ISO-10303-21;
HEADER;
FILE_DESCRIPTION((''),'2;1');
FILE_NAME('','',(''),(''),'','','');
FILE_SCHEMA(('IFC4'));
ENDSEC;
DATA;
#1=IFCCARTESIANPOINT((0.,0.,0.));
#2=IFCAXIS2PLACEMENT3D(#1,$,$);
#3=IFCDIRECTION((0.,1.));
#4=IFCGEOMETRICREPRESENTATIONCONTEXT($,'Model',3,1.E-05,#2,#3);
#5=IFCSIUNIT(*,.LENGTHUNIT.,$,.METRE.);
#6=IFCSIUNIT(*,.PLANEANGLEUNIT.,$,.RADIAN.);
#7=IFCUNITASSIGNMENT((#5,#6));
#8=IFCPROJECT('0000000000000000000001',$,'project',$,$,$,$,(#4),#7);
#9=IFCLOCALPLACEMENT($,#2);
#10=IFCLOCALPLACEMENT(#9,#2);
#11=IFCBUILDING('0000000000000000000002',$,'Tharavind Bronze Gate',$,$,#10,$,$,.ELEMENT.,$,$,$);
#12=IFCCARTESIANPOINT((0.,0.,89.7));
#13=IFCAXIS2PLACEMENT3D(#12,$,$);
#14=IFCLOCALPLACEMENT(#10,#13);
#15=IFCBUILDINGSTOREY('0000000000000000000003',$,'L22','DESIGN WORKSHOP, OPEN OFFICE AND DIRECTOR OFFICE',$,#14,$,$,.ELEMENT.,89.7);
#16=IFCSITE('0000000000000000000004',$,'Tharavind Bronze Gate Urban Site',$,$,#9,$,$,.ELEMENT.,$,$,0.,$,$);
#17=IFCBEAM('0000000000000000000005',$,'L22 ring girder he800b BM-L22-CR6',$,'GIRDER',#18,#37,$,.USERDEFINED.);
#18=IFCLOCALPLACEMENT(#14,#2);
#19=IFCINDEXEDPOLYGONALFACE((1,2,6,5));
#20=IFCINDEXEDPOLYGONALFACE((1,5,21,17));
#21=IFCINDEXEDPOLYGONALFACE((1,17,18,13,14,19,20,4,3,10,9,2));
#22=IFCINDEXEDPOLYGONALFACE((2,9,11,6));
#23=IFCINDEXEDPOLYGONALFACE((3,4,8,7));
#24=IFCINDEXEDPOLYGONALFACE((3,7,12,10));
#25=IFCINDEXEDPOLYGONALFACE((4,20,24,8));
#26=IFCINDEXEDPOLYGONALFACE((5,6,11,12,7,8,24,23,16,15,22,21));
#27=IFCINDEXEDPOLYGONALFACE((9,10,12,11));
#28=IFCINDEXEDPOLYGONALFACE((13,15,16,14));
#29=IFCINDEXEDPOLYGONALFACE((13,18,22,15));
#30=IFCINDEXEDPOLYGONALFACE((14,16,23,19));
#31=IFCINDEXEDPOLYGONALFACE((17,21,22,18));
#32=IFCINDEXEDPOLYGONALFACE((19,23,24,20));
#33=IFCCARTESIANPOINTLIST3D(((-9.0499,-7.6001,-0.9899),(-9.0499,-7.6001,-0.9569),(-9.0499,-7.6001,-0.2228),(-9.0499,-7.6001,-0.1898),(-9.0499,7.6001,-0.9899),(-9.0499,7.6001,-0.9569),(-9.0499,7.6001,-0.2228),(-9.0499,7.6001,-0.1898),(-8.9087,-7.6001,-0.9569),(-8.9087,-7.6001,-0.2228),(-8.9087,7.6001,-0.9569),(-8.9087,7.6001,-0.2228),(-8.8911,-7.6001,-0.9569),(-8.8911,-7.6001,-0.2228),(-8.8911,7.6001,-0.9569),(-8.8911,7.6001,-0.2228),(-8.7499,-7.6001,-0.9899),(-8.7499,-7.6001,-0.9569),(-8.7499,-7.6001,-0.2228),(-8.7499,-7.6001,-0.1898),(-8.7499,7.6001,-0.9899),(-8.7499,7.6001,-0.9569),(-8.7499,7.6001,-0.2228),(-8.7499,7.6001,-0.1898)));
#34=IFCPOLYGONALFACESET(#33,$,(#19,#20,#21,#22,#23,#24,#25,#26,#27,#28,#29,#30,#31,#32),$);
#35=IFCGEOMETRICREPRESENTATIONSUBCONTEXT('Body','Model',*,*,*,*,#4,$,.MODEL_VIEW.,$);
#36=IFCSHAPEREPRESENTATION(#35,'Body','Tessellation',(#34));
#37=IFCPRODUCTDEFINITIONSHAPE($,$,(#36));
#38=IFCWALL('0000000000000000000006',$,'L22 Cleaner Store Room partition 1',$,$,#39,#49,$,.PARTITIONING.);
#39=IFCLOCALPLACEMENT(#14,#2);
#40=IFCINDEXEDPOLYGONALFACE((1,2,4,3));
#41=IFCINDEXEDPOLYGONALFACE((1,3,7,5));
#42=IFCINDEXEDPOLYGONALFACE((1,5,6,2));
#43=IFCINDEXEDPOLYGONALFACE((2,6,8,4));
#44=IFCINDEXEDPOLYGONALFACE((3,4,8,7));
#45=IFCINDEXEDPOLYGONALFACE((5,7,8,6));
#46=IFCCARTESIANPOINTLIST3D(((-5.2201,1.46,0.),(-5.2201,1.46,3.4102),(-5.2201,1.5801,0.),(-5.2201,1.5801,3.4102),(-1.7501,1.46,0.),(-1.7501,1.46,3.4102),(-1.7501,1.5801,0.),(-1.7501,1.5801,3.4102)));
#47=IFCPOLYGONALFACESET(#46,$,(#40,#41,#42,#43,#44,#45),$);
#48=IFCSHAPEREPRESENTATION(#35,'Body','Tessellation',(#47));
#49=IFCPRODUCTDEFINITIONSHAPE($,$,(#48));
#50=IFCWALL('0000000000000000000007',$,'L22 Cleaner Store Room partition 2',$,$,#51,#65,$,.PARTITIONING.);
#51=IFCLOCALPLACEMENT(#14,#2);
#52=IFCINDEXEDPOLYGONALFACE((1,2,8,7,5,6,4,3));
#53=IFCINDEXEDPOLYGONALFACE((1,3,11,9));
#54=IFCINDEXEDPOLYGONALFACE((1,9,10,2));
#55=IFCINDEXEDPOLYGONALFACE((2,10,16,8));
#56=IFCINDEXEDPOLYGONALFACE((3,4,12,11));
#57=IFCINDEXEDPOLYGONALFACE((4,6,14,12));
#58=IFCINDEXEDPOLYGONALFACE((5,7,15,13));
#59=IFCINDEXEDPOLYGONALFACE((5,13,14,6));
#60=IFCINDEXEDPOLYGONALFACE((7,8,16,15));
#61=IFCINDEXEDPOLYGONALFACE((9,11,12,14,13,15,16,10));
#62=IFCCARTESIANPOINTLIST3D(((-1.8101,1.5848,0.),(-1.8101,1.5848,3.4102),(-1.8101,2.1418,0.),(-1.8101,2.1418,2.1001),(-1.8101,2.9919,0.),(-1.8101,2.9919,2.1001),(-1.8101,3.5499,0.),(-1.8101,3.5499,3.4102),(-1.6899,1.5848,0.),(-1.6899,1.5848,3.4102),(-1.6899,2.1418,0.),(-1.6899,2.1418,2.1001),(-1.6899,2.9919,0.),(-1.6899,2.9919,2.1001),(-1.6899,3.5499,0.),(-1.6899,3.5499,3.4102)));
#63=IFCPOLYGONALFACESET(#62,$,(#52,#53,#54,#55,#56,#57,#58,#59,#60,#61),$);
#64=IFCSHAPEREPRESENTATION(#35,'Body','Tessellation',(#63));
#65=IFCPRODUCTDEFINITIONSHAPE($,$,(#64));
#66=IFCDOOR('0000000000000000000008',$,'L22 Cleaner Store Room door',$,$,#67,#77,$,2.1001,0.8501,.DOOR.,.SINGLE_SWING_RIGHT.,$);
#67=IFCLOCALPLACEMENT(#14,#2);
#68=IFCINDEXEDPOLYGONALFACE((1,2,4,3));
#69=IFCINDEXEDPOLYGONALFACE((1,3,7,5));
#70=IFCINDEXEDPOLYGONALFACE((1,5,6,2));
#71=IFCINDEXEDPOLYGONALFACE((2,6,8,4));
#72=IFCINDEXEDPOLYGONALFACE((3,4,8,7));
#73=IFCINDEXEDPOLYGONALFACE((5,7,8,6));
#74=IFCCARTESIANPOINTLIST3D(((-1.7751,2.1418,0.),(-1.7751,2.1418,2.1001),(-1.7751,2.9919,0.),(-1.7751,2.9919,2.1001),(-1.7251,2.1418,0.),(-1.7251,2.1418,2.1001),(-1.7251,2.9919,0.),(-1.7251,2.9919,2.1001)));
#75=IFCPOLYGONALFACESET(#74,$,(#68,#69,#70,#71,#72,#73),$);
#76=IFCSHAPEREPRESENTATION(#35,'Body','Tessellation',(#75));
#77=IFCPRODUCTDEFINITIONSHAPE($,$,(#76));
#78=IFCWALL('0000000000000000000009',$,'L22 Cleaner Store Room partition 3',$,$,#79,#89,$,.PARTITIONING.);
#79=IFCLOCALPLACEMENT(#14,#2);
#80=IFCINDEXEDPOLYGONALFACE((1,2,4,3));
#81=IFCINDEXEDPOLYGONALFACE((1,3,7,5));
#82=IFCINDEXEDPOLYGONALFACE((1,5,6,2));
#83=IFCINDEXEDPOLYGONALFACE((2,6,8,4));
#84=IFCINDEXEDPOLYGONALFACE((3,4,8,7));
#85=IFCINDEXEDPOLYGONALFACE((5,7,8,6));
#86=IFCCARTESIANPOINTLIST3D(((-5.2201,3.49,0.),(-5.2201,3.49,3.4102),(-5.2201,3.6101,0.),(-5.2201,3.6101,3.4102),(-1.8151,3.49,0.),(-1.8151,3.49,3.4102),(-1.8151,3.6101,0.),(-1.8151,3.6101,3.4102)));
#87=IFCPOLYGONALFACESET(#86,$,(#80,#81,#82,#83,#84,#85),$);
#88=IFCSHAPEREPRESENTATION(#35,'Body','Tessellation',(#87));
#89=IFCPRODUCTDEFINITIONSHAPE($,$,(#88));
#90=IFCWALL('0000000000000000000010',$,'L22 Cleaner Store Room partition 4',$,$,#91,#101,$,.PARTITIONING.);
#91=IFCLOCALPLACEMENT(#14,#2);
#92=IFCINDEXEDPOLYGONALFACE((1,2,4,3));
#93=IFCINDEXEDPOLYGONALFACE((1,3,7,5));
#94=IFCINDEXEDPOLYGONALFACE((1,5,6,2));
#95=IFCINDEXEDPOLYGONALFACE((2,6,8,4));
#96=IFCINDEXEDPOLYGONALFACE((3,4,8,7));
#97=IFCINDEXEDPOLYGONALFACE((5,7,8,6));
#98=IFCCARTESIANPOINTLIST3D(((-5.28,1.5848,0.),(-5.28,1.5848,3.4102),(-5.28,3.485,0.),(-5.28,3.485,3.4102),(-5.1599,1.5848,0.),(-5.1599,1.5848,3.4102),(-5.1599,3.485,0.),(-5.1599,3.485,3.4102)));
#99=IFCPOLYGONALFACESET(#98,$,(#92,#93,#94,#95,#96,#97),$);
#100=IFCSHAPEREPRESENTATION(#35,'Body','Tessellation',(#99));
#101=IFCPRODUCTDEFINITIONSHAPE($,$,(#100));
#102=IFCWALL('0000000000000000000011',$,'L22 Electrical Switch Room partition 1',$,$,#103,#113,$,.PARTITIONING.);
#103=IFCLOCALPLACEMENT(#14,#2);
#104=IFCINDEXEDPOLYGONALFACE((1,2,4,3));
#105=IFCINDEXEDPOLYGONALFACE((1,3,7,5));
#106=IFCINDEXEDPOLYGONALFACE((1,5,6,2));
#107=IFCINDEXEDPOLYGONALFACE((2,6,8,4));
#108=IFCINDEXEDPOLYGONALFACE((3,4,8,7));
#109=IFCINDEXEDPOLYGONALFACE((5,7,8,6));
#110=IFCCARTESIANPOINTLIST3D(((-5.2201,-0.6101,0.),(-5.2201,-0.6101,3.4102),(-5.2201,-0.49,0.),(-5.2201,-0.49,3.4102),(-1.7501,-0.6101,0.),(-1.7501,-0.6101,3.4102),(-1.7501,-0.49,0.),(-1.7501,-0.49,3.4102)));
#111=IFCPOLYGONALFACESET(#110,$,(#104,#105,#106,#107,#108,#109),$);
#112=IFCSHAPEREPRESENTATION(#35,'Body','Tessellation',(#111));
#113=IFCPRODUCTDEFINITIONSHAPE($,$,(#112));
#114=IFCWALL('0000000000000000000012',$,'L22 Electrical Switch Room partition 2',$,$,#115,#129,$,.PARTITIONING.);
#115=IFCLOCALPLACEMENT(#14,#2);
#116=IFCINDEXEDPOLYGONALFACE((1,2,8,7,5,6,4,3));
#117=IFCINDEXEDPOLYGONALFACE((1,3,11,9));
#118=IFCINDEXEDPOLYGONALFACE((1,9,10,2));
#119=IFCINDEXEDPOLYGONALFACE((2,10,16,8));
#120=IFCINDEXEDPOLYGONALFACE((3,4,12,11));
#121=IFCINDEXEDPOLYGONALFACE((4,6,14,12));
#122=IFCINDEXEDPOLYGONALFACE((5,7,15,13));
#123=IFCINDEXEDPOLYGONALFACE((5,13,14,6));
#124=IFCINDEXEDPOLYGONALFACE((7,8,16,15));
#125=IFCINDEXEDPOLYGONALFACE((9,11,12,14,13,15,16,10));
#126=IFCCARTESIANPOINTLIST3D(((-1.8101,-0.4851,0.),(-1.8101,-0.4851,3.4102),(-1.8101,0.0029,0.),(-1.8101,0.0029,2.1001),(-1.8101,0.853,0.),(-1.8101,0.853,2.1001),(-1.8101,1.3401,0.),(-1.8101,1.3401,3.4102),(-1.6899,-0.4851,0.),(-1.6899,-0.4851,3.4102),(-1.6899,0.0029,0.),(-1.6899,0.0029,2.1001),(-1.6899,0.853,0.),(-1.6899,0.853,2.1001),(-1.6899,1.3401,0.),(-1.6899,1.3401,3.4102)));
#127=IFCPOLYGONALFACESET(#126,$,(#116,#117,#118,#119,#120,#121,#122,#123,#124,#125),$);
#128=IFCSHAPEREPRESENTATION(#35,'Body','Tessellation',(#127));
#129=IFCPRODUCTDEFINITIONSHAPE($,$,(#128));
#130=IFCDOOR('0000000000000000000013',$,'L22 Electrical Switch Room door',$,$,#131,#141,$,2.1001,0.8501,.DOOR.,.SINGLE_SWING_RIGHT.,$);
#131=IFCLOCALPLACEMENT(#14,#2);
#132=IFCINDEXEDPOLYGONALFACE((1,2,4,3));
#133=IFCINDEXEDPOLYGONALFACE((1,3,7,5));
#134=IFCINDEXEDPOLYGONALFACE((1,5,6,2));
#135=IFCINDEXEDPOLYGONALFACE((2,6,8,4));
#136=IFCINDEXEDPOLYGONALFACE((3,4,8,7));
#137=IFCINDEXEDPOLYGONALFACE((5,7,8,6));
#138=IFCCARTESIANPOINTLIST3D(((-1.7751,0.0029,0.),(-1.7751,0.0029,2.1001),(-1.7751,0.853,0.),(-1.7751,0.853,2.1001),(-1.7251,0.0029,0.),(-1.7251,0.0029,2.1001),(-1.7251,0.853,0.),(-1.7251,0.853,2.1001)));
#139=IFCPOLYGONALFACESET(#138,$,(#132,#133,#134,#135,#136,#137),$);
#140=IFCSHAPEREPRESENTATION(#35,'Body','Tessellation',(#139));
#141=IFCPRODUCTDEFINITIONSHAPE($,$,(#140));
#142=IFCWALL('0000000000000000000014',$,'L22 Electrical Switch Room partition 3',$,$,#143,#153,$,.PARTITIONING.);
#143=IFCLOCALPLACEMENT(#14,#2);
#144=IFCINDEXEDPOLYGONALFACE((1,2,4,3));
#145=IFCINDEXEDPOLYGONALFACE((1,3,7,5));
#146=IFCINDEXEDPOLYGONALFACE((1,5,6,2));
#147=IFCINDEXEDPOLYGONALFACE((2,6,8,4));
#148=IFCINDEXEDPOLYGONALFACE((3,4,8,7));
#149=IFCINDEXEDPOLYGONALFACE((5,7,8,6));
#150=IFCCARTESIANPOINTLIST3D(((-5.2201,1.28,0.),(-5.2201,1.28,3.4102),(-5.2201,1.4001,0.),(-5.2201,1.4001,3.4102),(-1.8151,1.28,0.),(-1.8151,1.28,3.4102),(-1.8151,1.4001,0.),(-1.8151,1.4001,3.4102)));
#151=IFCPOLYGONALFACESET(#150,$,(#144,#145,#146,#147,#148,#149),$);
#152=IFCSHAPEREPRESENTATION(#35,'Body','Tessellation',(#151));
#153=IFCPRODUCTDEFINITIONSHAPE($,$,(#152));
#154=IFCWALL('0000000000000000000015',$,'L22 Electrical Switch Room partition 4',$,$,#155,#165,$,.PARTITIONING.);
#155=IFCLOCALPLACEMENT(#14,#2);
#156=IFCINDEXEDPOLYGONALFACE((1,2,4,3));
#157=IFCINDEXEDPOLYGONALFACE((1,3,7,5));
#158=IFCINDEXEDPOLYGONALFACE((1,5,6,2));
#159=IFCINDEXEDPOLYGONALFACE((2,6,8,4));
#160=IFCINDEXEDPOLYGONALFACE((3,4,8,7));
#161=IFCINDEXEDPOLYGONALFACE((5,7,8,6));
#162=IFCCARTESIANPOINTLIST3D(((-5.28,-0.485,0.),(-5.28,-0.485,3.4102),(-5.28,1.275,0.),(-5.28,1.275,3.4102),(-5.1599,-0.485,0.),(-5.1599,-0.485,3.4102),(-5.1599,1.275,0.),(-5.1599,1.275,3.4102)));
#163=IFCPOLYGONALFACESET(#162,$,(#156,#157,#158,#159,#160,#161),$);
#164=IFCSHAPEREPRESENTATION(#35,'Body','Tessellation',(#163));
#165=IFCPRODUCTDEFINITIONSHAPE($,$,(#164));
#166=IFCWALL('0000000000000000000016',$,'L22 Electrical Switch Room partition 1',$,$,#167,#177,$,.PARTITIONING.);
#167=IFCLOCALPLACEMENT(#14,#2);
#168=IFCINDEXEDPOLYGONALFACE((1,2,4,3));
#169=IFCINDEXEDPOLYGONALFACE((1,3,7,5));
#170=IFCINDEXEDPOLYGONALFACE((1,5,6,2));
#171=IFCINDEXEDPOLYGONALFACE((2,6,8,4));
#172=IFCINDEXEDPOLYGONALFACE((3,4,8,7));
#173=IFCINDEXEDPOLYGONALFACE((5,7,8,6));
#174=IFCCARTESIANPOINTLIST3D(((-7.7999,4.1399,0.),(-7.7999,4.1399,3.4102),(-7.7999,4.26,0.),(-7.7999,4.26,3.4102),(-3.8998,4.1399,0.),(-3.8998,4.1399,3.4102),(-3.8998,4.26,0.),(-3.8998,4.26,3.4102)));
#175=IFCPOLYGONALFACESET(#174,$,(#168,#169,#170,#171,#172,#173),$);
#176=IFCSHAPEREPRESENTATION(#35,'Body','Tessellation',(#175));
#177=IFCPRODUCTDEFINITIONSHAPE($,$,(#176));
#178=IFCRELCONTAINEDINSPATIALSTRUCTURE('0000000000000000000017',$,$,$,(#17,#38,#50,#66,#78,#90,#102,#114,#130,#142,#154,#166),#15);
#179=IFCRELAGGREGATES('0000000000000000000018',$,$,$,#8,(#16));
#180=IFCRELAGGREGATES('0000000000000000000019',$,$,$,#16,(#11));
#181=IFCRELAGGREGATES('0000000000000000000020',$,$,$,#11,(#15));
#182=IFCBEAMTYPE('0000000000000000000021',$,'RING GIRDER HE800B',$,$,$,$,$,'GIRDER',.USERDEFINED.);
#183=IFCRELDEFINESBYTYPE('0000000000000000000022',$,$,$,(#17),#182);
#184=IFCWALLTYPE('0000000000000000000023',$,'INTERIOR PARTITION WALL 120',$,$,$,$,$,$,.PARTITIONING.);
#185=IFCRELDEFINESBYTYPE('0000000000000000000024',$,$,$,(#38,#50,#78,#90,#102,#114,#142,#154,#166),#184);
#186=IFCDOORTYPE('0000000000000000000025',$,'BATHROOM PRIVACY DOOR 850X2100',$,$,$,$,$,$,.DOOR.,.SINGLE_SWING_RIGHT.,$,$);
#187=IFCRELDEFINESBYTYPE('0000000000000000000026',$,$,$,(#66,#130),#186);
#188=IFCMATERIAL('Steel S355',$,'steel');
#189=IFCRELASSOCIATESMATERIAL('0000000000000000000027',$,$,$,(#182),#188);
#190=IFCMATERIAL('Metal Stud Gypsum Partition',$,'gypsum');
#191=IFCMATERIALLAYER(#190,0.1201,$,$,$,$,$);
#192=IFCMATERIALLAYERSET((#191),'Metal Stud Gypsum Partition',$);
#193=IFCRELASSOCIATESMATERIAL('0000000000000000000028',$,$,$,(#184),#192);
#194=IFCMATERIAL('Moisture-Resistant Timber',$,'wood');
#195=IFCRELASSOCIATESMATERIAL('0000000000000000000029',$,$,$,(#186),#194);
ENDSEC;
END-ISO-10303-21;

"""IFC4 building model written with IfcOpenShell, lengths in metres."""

from ifc_helpers import new_model, si_unit, direction, frame, frame_2d, origin, origin_2d, place, context, subcontext, project, spatial, rectangle, i_section, extrude, material, layer, layer_set, material_profile, profile_set, type_object, element, fill, save


model = new_model("IFC4")

# Units and contexts
model_context = context("Model", 3, precision=1e-05, world=origin(), true_north=direction((0.0, 1.0)))
body_context = subcontext(model_context, "Body", "Model", "MODEL_VIEW")
ifc_project = project(units=[si_unit("LENGTHUNIT", "METRE"), si_unit("PLANEANGLEUNIT", "RADIAN")], contexts=[model_context])

# Site, building, storey
site_placement = place(None, origin())
site = spatial("IfcSite", under=ifc_project, at=site_placement, Name="Tharavind Bronze Gate Urban Site", CompositionType="ELEMENT", RefElevation=0.0)
building_placement = place(site_placement, origin())
building = spatial("IfcBuilding", under=site, at=building_placement, Name="Tharavind Bronze Gate", CompositionType="ELEMENT")
storey_placement = place(building_placement, frame((0.0, 0.0, 89.7)))
storey = spatial("IfcBuildingStorey", under=building, at=storey_placement, Name="L22", Description="DESIGN WORKSHOP, OPEN OFFICE AND DIRECTOR OFFICE", CompositionType="ELEMENT", Elevation=89.7)

# Beam
ifc_material_1 = material(Name="Steel S355", Category="steel")
ifc_material_profile = material_profile(ifc_material_1, i_section(OverallWidth=0.3, OverallDepth=0.8, WebThickness=0.0176, FlangeThickness=0.033, at=origin_2d()), Name="HE800B")
ifc_profile_set = profile_set([ifc_material_profile], Name="Steel S355")
beam_type = type_object("IfcBeamType", Name="RING GIRDER HE800B", ElementType="GIRDER", PredefinedType="USERDEFINED", material=ifc_profile_set)
beam_placement = place(storey_placement, frame((-8.8999, 7.6001, -0.5898), z_axis=(0.0, -1.0, 0.0), x_axis=(1.0, 0.0, 0.0)))
element("IfcBeam", 1, at=beam_placement, inside=storey, type_object=beam_type, Name="L22 ring girder he800b BM-L22-CR6", ObjectType="GIRDER", PredefinedType="USERDEFINED", context=body_context, shape_type="SweptSolid", body=[
    extrude(i_section(OverallWidth=0.3, OverallDepth=0.8, WebThickness=0.0176, FlangeThickness=0.033, at=origin_2d()), origin(), (0.0, 0.0, 1.0), 15.2002),
])

# Wall
ifc_material_2 = material(Name="Metal Stud Gypsum Partition", Category="gypsum")
ifc_layer_1 = layer(ifc_material_2, 0.1201)
ifc_layer_set_1 = layer_set([ifc_layer_1], Name="Metal Stud Gypsum Partition")
wall_type_1 = type_object("IfcWallType", Name="INTERIOR PARTITION WALL 120", PredefinedType="PARTITIONING", material=ifc_layer_set_1)
wall_1_placement = place(storey_placement, frame((-5.22, 1.52, 0.0), z_axis=(0.0, 0.0, 1.0), x_axis=(1.0, 0.0, 0.0)))
element("IfcWall", 2, at=wall_1_placement, inside=storey, type_object=wall_type_1, Name="L22 Cleaner Store Room partition 1", PredefinedType="PARTITIONING", context=body_context, shape_type="SweptSolid", body=[
    extrude(rectangle(XDim=3.47, YDim=0.1201, at=frame_2d((1.7349, 0.0))), origin(), (0.0, 0.0, 1.0), 3.4102),
])

# Wall, opening, door
wall_2_placement = place(storey_placement, frame((-1.75, 1.585, 0.0), z_axis=(0.0, 0.0, 1.0), x_axis=(0.0, 1.0, 0.0)))
wall_2 = element("IfcWall", 3, at=wall_2_placement, inside=storey, type_object=wall_type_1, Name="L22 Cleaner Store Room partition 2", PredefinedType="PARTITIONING", context=body_context, shape_type="SweptSolid", body=[
    extrude(rectangle(XDim=1.9651, YDim=0.1201, at=frame_2d((0.9824, 0.0))), origin(), (0.0, 0.0, 1.0), 3.4102),
])
opening_1_placement = place(wall_2_placement, frame((0.5569, 0.0, 0.0)))
opening_1 = element("IfcOpeningElement", 4, at=opening_1_placement, cuts=wall_2, PredefinedType="OPENING", context=body_context, shape_type="SweptSolid", body=[
    extrude(rectangle(XDim=0.8501, YDim=2.1001, at=frame_2d((0.425, 1.05))), frame((0.0, 0.0701, 0.0), z_axis=(0.0, -1.0, 0.0), x_axis=(1.0, 0.0, 0.0)), (0.0, 0.0, 1.0), 0.1401),
])
ifc_material_3 = material(Name="Moisture-Resistant Timber", Category="wood")
door_type_1 = type_object("IfcDoorType", Name="BATHROOM PRIVACY DOOR 850X2100", OperationType="SINGLE_SWING_RIGHT", PredefinedType="DOOR", material=ifc_material_3)
door_1_placement = place(opening_1_placement, frame((0.8501, 0.0, 0.0), z_axis=(0.0, 0.0, 1.0), x_axis=(-1.0, 0.0, 0.0)))
door_1 = element("IfcDoor", 5, at=door_1_placement, inside=storey, type_object=door_type_1, Name="L22 Cleaner Store Room door", OperationType="SINGLE_SWING_RIGHT", OverallHeight=2.1001, OverallWidth=0.8501, PredefinedType="DOOR", context=body_context, shape_type="SweptSolid", body=[
    extrude(rectangle(XDim=0.8501, YDim=2.1001, at=frame_2d((0.425, 1.05))), frame((0.0, 0.0249, 0.0), z_axis=(0.0, -1.0, 0.0), x_axis=(1.0, 0.0, 0.0)), (0.0, 0.0, 1.0), 0.05),
])
fill(opening_1, door_1)

# Walls
wall_3_placement = place(storey_placement, frame((-1.8149, 3.55, 0.0), z_axis=(0.0, 0.0, 1.0), x_axis=(-1.0, 0.0, 0.0)))
element("IfcWall", 6, at=wall_3_placement, inside=storey, type_object=wall_type_1, Name="L22 Cleaner Store Room partition 3", PredefinedType="PARTITIONING", context=body_context, shape_type="SweptSolid", body=[
    extrude(rectangle(XDim=3.405, YDim=0.1201, at=frame_2d((1.7026, 0.0))), origin(), (0.0, 0.0, 1.0), 3.4102),
])
wall_4_placement = place(storey_placement, frame((-5.22, 3.4851, 0.0), z_axis=(0.0, 0.0, 1.0), x_axis=(0.0, -1.0, 0.0)))
element("IfcWall", 7, at=wall_4_placement, inside=storey, type_object=wall_type_1, Name="L22 Cleaner Store Room partition 4", PredefinedType="PARTITIONING", context=body_context, shape_type="SweptSolid", body=[
    extrude(rectangle(XDim=1.9001, YDim=0.1201, at=frame_2d((0.9502, 0.0))), origin(), (0.0, 0.0, 1.0), 3.4102),
])
wall_5_placement = place(storey_placement, frame((-5.22, -0.55, 0.0), z_axis=(0.0, 0.0, 1.0), x_axis=(1.0, 0.0, 0.0)))
element("IfcWall", 8, at=wall_5_placement, inside=storey, type_object=wall_type_1, Name="L22 Electrical Switch Room partition 1", PredefinedType="PARTITIONING", context=body_context, shape_type="SweptSolid", body=[
    extrude(rectangle(XDim=3.47, YDim=0.1201, at=frame_2d((1.7349, 0.0))), origin(), (0.0, 0.0, 1.0), 3.4102),
])

# Wall, opening, door
wall_6_placement = place(storey_placement, frame((-1.75, -0.4851, 0.0), z_axis=(0.0, 0.0, 1.0), x_axis=(0.0, 1.0, 0.0)))
wall_6 = element("IfcWall", 9, at=wall_6_placement, inside=storey, type_object=wall_type_1, Name="L22 Electrical Switch Room partition 2", PredefinedType="PARTITIONING", context=body_context, shape_type="SweptSolid", body=[
    extrude(rectangle(XDim=1.8252, YDim=0.1201, at=frame_2d((0.9126, 0.0))), origin(), (0.0, 0.0, 1.0), 3.4102),
])
opening_2_placement = place(wall_6_placement, frame((0.488, 0.0, 0.0)))
opening_2 = element("IfcOpeningElement", 10, at=opening_2_placement, cuts=wall_6, PredefinedType="OPENING", context=body_context, shape_type="SweptSolid", body=[
    extrude(rectangle(XDim=0.8501, YDim=2.1001, at=frame_2d((0.425, 1.05))), frame((0.0, 0.0701, 0.0), z_axis=(0.0, -1.0, 0.0), x_axis=(1.0, 0.0, 0.0)), (0.0, 0.0, 1.0), 0.1401),
])
door_2_placement = place(opening_2_placement, frame((0.8501, 0.0, 0.0), z_axis=(0.0, 0.0, 1.0), x_axis=(-1.0, 0.0, 0.0)))
door_2 = element("IfcDoor", 11, at=door_2_placement, inside=storey, type_object=door_type_1, Name="L22 Electrical Switch Room door", OperationType="SINGLE_SWING_RIGHT", OverallHeight=2.1001, OverallWidth=0.8501, PredefinedType="DOOR", context=body_context, shape_type="SweptSolid", body=[
    extrude(rectangle(XDim=0.8501, YDim=2.1001, at=frame_2d((0.425, 1.05))), frame((0.0, 0.0249, 0.0), z_axis=(0.0, -1.0, 0.0), x_axis=(1.0, 0.0, 0.0)), (0.0, 0.0, 1.0), 0.05),
])
fill(opening_2, door_2)

# Walls
wall_7_placement = place(storey_placement, frame((-1.8149, 1.3401, 0.0), z_axis=(0.0, 0.0, 1.0), x_axis=(-1.0, 0.0, 0.0)))
element("IfcWall", 12, at=wall_7_placement, inside=storey, type_object=wall_type_1, Name="L22 Electrical Switch Room partition 3", PredefinedType="PARTITIONING", context=body_context, shape_type="SweptSolid", body=[
    extrude(rectangle(XDim=3.405, YDim=0.1201, at=frame_2d((1.7026, 0.0))), origin(), (0.0, 0.0, 1.0), 3.4102),
])
wall_8_placement = place(storey_placement, frame((-5.22, 1.2749, 0.0), z_axis=(0.0, 0.0, 1.0), x_axis=(0.0, -1.0, 0.0)))
element("IfcWall", 13, at=wall_8_placement, inside=storey, type_object=wall_type_1, Name="L22 Electrical Switch Room partition 4", PredefinedType="PARTITIONING", context=body_context, shape_type="SweptSolid", body=[
    extrude(rectangle(XDim=1.76, YDim=0.1201, at=frame_2d((0.8799, 0.0))), origin(), (0.0, 0.0, 1.0), 3.4102),
])
wall_9_placement = place(storey_placement, frame((-7.8, 4.2, 0.0), z_axis=(0.0, 0.0, 1.0), x_axis=(1.0, 0.0, 0.0)))
element("IfcWall", 14, at=wall_9_placement, inside=storey, type_object=wall_type_1, Name="L22 Electrical Switch Room partition 1", PredefinedType="PARTITIONING", context=body_context, shape_type="SweptSolid", body=[
    extrude(rectangle(XDim=3.9001, YDim=0.1201, at=frame_2d((1.9502, 0.0))), origin(), (0.0, 0.0, 1.0), 3.4102),
])

save(model, "model.ifc")
